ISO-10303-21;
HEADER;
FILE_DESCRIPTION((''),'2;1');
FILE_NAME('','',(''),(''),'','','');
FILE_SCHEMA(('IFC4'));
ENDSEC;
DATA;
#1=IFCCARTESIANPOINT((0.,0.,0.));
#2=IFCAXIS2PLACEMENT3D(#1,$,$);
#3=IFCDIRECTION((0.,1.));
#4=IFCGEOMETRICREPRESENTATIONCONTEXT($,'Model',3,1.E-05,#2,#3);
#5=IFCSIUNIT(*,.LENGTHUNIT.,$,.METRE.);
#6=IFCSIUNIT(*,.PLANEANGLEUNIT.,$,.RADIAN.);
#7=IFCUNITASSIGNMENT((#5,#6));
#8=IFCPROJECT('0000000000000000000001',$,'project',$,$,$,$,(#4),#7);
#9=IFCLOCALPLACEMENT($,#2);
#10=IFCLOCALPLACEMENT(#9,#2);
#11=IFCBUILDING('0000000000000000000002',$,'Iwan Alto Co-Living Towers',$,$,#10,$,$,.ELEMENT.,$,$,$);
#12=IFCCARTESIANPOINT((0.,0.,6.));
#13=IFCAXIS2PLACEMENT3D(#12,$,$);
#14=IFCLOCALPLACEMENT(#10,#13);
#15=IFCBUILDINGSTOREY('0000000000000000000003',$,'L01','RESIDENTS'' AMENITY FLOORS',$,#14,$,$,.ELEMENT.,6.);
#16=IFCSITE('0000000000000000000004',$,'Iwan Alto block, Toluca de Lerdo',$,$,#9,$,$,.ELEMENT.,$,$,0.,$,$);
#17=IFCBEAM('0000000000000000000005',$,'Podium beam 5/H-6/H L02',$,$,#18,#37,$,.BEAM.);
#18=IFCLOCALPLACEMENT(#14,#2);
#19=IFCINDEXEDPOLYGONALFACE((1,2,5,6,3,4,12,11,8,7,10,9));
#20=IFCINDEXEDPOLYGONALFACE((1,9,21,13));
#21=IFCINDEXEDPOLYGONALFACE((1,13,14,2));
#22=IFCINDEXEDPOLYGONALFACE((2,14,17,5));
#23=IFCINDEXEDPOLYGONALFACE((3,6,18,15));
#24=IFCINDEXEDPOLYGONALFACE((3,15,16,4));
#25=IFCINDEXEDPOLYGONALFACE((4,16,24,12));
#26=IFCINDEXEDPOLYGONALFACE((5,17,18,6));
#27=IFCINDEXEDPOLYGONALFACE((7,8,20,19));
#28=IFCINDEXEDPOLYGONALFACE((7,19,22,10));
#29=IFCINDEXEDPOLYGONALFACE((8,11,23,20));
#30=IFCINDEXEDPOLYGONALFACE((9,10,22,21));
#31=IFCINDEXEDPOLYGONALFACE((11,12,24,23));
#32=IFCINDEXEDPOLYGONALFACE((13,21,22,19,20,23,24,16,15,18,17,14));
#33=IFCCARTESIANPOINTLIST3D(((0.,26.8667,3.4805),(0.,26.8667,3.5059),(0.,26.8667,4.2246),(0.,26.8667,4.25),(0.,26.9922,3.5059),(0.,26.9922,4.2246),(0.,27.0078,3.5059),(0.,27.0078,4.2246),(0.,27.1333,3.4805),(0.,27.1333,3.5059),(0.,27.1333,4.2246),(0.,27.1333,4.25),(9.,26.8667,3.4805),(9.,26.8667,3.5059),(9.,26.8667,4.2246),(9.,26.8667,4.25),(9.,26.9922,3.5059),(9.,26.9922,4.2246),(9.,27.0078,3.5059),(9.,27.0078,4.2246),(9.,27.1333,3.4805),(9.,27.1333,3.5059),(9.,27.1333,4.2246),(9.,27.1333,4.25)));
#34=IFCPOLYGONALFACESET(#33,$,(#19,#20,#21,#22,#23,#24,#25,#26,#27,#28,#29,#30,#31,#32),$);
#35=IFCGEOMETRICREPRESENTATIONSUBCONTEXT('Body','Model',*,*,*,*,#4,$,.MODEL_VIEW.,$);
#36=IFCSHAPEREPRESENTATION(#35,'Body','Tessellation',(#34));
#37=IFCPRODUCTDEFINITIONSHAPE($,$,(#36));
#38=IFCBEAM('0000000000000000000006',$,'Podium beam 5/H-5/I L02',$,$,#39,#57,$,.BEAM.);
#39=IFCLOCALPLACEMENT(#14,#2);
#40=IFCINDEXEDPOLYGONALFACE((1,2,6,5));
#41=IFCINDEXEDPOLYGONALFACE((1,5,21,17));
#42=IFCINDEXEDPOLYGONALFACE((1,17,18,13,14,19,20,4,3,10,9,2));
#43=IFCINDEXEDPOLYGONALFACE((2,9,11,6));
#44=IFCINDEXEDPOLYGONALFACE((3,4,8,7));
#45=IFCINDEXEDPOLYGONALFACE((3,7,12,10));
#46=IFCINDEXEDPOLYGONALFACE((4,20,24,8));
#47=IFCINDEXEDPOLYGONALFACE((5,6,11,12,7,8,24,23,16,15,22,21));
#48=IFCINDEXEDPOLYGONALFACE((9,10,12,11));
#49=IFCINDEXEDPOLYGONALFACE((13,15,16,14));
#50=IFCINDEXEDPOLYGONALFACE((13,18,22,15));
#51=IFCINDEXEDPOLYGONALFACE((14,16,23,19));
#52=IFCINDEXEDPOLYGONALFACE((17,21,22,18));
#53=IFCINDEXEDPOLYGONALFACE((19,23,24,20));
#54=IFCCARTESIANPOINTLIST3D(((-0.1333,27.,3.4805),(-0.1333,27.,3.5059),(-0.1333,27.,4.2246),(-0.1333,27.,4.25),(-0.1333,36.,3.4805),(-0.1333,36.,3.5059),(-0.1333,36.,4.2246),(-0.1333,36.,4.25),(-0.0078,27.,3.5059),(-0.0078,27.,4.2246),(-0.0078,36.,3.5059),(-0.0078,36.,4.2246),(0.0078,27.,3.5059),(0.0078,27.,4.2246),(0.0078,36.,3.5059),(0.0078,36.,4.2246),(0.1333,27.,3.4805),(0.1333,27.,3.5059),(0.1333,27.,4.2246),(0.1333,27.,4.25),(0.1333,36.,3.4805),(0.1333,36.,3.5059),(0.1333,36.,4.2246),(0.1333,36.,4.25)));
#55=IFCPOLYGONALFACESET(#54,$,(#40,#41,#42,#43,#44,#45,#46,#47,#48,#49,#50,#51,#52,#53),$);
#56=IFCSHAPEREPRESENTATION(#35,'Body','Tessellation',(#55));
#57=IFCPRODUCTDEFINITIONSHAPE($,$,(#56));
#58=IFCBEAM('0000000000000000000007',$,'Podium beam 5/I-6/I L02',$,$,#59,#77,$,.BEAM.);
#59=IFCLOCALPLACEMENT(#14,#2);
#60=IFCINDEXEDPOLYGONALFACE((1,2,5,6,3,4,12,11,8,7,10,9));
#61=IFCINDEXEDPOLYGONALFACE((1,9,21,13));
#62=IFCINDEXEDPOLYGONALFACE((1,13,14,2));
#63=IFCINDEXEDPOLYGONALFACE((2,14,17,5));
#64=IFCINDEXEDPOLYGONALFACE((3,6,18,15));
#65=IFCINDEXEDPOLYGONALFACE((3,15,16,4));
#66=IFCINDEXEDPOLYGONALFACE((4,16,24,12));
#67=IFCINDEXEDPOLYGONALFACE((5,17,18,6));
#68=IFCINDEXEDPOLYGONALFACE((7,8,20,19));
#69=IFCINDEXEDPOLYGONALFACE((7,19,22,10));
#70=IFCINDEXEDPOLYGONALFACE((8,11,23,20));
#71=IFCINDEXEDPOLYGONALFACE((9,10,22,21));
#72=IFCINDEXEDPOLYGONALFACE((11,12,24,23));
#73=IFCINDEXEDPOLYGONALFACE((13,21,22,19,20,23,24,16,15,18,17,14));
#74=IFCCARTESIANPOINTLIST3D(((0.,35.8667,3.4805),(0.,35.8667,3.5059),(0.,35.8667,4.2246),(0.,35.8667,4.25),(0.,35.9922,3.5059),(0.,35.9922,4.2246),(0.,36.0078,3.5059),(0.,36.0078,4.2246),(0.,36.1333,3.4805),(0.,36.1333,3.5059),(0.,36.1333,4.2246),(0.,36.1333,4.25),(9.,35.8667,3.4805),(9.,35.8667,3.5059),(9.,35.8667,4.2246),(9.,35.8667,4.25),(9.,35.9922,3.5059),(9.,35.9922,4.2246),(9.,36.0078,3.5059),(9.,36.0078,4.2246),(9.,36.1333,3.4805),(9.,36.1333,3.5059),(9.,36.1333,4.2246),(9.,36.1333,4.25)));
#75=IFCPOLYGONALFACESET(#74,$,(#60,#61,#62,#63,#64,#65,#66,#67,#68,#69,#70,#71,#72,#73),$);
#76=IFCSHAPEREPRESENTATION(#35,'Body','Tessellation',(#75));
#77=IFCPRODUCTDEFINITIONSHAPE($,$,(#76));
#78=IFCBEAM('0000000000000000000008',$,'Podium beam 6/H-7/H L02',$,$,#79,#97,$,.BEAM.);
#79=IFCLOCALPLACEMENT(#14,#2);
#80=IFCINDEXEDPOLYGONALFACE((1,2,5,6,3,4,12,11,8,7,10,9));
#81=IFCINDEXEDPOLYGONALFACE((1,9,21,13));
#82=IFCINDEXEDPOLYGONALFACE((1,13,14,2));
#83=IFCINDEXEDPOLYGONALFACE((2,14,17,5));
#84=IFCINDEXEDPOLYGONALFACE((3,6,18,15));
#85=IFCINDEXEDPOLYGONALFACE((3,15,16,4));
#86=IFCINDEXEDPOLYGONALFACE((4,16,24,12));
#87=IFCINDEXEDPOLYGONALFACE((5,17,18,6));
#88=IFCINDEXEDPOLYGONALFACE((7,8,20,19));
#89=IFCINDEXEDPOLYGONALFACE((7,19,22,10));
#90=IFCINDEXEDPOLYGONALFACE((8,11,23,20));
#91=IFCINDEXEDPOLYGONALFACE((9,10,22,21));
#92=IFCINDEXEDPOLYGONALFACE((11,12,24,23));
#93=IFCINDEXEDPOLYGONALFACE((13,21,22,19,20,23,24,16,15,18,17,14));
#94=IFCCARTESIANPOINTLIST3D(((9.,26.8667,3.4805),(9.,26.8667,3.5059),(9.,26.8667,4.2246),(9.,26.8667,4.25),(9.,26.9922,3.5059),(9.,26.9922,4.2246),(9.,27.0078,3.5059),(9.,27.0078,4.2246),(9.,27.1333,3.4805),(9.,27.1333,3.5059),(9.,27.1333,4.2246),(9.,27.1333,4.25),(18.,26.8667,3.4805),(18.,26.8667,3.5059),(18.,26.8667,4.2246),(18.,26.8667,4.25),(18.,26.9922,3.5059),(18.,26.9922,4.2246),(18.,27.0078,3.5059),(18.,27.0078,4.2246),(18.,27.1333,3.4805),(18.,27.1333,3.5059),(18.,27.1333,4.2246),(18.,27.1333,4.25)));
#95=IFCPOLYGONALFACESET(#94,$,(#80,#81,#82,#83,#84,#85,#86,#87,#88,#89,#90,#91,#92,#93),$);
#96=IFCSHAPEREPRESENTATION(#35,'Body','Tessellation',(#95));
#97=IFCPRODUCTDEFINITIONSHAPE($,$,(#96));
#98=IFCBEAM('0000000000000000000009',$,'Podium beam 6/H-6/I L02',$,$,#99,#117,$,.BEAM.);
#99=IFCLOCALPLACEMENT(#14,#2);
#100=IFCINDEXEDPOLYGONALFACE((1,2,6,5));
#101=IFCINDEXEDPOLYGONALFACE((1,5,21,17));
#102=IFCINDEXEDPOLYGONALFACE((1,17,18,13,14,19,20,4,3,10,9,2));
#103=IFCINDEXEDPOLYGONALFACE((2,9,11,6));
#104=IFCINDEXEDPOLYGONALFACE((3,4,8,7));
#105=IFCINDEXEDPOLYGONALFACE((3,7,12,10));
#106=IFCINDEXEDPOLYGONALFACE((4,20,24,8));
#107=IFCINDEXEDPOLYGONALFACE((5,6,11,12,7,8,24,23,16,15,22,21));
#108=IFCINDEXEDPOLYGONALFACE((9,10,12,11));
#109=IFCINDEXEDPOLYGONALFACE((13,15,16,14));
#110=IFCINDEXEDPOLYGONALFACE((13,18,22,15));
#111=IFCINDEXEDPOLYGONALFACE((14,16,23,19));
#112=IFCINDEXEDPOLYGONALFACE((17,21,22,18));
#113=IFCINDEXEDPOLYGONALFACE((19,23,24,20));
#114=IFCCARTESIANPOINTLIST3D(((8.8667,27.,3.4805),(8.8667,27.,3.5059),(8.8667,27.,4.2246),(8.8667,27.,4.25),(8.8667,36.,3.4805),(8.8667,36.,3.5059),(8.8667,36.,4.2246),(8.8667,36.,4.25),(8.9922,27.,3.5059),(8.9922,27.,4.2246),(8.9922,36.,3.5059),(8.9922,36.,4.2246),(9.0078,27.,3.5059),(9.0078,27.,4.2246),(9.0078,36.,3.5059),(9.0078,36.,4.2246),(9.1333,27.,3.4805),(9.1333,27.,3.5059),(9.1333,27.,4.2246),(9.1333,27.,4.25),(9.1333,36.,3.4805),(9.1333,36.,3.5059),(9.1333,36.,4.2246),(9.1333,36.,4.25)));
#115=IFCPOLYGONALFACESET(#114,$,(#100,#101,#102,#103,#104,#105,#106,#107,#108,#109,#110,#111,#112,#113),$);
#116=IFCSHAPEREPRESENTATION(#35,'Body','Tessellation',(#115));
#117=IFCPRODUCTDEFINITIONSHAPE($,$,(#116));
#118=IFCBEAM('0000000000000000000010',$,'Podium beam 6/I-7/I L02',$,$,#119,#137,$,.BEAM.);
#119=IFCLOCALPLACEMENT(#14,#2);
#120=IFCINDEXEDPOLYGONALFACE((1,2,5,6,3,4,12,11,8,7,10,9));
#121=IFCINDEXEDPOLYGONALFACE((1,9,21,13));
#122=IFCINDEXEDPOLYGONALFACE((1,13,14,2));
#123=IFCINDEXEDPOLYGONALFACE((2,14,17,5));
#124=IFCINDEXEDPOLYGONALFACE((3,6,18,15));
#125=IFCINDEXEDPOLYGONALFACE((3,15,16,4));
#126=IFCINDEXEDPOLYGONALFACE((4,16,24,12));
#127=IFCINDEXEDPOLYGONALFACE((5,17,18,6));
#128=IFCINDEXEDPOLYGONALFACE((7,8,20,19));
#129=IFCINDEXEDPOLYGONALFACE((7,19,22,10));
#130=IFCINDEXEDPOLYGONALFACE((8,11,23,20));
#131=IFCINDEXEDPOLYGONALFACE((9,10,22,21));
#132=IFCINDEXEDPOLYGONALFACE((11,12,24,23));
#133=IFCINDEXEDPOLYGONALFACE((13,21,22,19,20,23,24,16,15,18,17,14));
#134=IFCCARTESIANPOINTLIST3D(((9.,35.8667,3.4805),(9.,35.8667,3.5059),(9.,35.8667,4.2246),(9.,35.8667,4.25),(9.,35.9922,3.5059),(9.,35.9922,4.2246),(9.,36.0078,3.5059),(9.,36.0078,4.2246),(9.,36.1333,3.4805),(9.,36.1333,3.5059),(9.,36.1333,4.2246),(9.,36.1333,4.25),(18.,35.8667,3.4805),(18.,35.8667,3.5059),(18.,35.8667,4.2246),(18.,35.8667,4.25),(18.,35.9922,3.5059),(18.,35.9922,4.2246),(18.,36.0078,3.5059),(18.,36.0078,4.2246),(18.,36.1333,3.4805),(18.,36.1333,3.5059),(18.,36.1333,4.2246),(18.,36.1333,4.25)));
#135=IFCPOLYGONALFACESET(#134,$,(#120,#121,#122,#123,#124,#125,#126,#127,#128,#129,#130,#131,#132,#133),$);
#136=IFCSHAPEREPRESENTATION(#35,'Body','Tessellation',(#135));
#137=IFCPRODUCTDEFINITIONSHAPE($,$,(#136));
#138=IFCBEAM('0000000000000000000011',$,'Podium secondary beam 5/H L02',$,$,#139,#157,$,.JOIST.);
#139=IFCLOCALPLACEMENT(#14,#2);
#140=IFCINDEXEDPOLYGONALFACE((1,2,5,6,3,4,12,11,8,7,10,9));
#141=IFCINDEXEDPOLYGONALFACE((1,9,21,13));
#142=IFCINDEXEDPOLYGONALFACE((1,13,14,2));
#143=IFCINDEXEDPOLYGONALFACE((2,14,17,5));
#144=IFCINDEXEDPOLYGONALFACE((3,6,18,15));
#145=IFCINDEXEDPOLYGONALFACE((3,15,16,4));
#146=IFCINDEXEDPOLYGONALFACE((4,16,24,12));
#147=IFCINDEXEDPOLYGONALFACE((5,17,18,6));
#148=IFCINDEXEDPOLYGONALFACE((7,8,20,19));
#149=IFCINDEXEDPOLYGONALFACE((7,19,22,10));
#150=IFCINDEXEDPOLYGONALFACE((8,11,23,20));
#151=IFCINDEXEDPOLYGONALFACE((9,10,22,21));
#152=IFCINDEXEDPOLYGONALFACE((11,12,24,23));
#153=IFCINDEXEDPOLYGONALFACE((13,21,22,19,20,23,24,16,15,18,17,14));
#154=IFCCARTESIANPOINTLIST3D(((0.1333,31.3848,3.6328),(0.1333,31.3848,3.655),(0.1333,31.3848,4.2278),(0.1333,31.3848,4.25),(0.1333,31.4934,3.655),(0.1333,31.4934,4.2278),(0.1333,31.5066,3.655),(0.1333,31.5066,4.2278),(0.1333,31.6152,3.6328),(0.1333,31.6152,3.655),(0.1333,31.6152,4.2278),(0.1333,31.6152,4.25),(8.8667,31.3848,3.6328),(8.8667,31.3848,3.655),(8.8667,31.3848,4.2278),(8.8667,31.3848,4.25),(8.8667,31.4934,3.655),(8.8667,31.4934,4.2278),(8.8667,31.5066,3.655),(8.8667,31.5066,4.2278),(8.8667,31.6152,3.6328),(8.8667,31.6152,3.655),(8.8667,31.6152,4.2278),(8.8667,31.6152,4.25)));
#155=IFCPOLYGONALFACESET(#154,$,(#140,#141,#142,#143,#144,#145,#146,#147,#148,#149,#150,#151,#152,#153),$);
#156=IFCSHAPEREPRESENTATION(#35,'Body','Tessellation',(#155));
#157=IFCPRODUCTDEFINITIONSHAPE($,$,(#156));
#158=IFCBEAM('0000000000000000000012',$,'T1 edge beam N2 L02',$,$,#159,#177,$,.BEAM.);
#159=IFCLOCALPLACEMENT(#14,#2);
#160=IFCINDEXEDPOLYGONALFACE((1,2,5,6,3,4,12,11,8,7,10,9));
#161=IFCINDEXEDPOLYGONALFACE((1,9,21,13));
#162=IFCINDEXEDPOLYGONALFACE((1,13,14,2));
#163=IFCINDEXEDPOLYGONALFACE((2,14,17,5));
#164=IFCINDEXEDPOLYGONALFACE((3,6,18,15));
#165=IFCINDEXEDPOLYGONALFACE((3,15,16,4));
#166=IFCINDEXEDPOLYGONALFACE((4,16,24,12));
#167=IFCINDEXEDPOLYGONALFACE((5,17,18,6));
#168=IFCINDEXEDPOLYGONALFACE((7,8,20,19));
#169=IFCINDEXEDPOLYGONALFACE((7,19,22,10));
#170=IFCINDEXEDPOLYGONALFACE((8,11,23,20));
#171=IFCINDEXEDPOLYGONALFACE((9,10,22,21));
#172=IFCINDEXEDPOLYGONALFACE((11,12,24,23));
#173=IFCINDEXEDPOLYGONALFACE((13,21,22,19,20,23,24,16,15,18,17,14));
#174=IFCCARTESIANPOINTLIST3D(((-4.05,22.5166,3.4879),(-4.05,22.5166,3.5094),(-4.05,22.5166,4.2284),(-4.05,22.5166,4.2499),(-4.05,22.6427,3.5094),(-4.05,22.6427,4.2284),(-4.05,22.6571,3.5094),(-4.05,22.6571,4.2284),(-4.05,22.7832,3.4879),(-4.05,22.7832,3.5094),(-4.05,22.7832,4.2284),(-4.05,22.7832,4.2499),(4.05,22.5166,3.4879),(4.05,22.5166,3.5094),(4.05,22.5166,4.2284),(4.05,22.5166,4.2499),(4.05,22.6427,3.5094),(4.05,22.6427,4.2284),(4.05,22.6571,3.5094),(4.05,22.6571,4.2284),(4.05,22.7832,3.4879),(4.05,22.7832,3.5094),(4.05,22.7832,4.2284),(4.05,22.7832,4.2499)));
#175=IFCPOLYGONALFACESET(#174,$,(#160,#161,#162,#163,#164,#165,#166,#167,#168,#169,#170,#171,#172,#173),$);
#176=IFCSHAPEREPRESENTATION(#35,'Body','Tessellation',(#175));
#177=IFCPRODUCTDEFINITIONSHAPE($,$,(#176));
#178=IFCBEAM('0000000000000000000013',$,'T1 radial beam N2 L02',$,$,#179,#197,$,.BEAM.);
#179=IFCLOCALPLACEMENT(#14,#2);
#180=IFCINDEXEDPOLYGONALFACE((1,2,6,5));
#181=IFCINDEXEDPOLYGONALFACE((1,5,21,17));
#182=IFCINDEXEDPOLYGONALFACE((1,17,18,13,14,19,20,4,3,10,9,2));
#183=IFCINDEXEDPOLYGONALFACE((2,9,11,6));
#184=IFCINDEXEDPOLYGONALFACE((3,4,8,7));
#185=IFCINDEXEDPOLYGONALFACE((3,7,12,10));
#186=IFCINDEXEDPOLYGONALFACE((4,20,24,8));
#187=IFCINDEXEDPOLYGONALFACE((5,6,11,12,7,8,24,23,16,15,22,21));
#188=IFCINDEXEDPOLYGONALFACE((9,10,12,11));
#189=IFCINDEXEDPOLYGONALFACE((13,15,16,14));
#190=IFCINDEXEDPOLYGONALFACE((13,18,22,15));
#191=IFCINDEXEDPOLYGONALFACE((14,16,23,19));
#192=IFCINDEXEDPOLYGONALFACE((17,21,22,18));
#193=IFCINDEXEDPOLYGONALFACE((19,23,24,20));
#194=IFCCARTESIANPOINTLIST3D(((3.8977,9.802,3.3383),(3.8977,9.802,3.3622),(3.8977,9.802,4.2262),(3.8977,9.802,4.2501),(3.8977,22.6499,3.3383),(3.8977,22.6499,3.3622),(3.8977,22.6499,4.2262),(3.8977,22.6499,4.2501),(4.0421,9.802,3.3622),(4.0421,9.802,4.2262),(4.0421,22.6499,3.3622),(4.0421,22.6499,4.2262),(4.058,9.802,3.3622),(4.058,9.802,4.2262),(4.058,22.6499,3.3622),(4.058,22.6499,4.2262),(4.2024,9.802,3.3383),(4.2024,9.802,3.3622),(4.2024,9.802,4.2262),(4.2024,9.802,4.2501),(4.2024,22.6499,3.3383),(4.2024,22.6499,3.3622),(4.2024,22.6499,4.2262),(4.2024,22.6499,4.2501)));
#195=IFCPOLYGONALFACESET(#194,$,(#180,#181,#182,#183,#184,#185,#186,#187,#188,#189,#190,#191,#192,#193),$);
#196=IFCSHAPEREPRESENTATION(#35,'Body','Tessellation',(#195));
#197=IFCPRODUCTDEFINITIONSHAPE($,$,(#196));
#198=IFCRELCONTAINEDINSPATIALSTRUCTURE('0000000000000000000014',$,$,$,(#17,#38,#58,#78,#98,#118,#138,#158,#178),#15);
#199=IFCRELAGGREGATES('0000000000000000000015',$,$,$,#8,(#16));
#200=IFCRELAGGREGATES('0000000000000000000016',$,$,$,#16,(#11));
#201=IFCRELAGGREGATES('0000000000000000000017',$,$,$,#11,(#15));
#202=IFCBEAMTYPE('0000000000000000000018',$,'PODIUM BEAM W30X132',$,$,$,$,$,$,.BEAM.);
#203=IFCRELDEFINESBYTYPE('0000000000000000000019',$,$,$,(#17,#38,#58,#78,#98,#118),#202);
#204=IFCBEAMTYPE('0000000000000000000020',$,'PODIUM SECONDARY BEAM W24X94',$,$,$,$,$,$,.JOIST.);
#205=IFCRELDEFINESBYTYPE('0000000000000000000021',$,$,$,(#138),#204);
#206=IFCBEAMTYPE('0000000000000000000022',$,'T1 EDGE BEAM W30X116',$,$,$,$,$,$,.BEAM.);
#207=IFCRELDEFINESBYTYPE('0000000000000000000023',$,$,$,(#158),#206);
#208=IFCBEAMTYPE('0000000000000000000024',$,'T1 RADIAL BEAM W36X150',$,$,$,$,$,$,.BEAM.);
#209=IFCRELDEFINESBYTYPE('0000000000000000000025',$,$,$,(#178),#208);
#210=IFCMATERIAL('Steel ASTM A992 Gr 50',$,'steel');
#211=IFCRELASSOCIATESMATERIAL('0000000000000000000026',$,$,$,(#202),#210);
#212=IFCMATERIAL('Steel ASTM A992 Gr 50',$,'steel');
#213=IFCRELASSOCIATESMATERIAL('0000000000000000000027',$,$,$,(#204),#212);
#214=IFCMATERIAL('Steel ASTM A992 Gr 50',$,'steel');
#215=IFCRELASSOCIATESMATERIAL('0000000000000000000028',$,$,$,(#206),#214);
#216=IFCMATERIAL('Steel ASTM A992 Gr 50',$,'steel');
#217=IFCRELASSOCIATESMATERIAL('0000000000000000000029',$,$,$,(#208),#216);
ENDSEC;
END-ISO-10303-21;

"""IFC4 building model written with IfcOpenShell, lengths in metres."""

from ifc_helpers import new_model, si_unit, direction, frame, origin, origin_2d, place, context, subcontext, project, spatial, i_section, extrude, material, material_profile, profile_set, type_object, element, save


model = new_model("IFC4")

# Units and contexts
model_context = context("Model", 3, precision=1e-05, world=origin(), true_north=direction((0.0, 1.0)))
body_context = subcontext(model_context, "Body", "Model", "MODEL_VIEW")
ifc_project = project(units=[si_unit("LENGTHUNIT", "METRE"), si_unit("PLANEANGLEUNIT", "RADIAN")], contexts=[model_context])

# Site, building, storey
site_placement = place(None, origin())
site = spatial("IfcSite", under=ifc_project, at=site_placement, Name="Iwan Alto block, Toluca de Lerdo", CompositionType="ELEMENT", RefElevation=0.0)
building_placement = place(site_placement, origin())
building = spatial("IfcBuilding", under=site, at=building_placement, Name="Iwan Alto Co-Living Towers", CompositionType="ELEMENT")
storey_placement = place(building_placement, frame((0.0, 0.0, 6.0)))
storey = spatial("IfcBuildingStorey", under=building, at=storey_placement, Name="L01", Description="RESIDENTS' AMENITY FLOORS", CompositionType="ELEMENT", Elevation=6.0)

# Beams
ifc_material_1 = material(Name="Steel ASTM A992 Gr 50", Category="steel")
ifc_material_profile_1 = material_profile(ifc_material_1, i_section(OverallWidth=0.2666, OverallDepth=0.7695, WebThickness=0.0156, FlangeThickness=0.0254, at=origin_2d()), Name="W30X132")
ifc_profile_set_1 = profile_set([ifc_material_profile_1], Name="Steel ASTM A992 Gr 50")
beam_type_1 = type_object("IfcBeamType", Name="PODIUM BEAM W30X132", PredefinedType="BEAM", material=ifc_profile_set_1)
for number, where, z_axis, x_axis, name in (
    (1, (0.0, 27.0, 3.8652), (1.0, 0.0, 0.0), (0.0, 1.0, 0.0), "Podium beam 5/H-6/H L02"),
    (2, (0.0, 27.0, 3.8652), (0.0, 1.0, 0.0), (-1.0, 0.0, 0.0), "Podium beam 5/H-5/I L02"),
    (3, (0.0, 36.0, 3.8652), (1.0, 0.0, 0.0), (0.0, 1.0, 0.0), "Podium beam 5/I-6/I L02"),
    (4, (9.0, 27.0, 3.8652), (1.0, 0.0, 0.0), (0.0, 1.0, 0.0), "Podium beam 6/H-7/H L02"),
    (5, (9.0, 27.0, 3.8652), (0.0, 1.0, 0.0), (-1.0, 0.0, 0.0), "Podium beam 6/H-6/I L02"),
    (6, (9.0, 36.0, 3.8652), (1.0, 0.0, 0.0), (0.0, 1.0, 0.0), "Podium beam 6/I-7/I L02"),
):
    element("IfcBeam", number, at=place(storey_placement, frame(where, z_axis=z_axis, x_axis=x_axis)), inside=storey, type_object=beam_type_1, Name=name, PredefinedType="BEAM", context=body_context, shape_type="SweptSolid", body=[
        extrude(i_section(OverallWidth=0.2666, OverallDepth=0.7695, WebThickness=0.0156, FlangeThickness=0.0254, at=origin_2d()), origin(), (0.0, 0.0, 1.0), 9.0),
    ])
ifc_material_2 = material(Name="Steel ASTM A992 Gr 50", Category="steel")
ifc_material_profile_2 = material_profile(ifc_material_2, i_section(OverallWidth=0.2305, OverallDepth=0.6172, WebThickness=0.0132, FlangeThickness=0.0222, at=origin_2d()), Name="W24X94")
ifc_profile_set_2 = profile_set([ifc_material_profile_2], Name="Steel ASTM A992 Gr 50")
beam_type_2 = type_object("IfcBeamType", Name="PODIUM SECONDARY BEAM W24X94", PredefinedType="JOIST", material=ifc_profile_set_2)
beam_1_placement = place(storey_placement, frame((0.1333, 31.5, 3.9414), z_axis=(1.0, 0.0, 0.0), x_axis=(0.0, 1.0, 0.0)))
element("IfcBeam", 7, at=beam_1_placement, inside=storey, type_object=beam_type_2, Name="Podium secondary beam 5/H L02", PredefinedType="JOIST", context=body_context, shape_type="SweptSolid", body=[
    extrude(i_section(OverallWidth=0.2305, OverallDepth=0.6172, WebThickness=0.0132, FlangeThickness=0.0222, at=origin_2d()), origin(), (0.0, 0.0, 1.0), 8.7334),
])
ifc_material_3 = material(Name="Steel ASTM A992 Gr 50", Category="steel")
ifc_material_profile_3 = material_profile(ifc_material_3, i_section(OverallWidth=0.2666, OverallDepth=0.762, WebThickness=0.0144, FlangeThickness=0.0215, at=origin_2d()), Name="W30X116")
ifc_profile_set_3 = profile_set([ifc_material_profile_3], Name="Steel ASTM A992 Gr 50")
beam_type_3 = type_object("IfcBeamType", Name="T1 EDGE BEAM W30X116", PredefinedType="BEAM", material=ifc_profile_set_3)
beam_2_placement = place(storey_placement, frame((4.05, 22.6499, 3.8689), z_axis=(-1.0, 0.0, 0.0), x_axis=(0.0, -1.0, 0.0)))
element("IfcBeam", 8, at=beam_2_placement, inside=storey, type_object=beam_type_3, Name="T1 edge beam N2 L02", PredefinedType="BEAM", context=body_context, shape_type="SweptSolid", body=[
    extrude(i_section(OverallWidth=0.2666, OverallDepth=0.762, WebThickness=0.0144, FlangeThickness=0.0215, at=origin_2d()), origin(), (0.0, 0.0, 1.0), 8.1001),
])
ifc_material_4 = material(Name="Steel ASTM A992 Gr 50", Category="steel")
ifc_material_profile_4 = material_profile(ifc_material_4, i_section(OverallWidth=0.3047, OverallDepth=0.9119, WebThickness=0.0159, FlangeThickness=0.0239, at=origin_2d()), Name="W36X150")
ifc_profile_set_4 = profile_set([ifc_material_profile_4], Name="Steel ASTM A992 Gr 50")
beam_type_4 = type_object("IfcBeamType", Name="T1 RADIAL BEAM W36X150", PredefinedType="BEAM", material=ifc_profile_set_4)
beam_3_placement = place(storey_placement, frame((4.05, 22.6499, 3.7942), z_axis=(0.0, -1.0, 0.0), x_axis=(1.0, 0.0, 0.0)))
element("IfcBeam", 9, at=beam_3_placement, inside=storey, type_object=beam_type_4, Name="T1 radial beam N2 L02", PredefinedType="BEAM", context=body_context, shape_type="SweptSolid", body=[
    extrude(i_section(OverallWidth=0.3047, OverallDepth=0.9119, WebThickness=0.0159, FlangeThickness=0.0239, at=origin_2d()), origin(), (0.0, 0.0, 1.0), 12.8479),
])

save(model, "model.ifc")
